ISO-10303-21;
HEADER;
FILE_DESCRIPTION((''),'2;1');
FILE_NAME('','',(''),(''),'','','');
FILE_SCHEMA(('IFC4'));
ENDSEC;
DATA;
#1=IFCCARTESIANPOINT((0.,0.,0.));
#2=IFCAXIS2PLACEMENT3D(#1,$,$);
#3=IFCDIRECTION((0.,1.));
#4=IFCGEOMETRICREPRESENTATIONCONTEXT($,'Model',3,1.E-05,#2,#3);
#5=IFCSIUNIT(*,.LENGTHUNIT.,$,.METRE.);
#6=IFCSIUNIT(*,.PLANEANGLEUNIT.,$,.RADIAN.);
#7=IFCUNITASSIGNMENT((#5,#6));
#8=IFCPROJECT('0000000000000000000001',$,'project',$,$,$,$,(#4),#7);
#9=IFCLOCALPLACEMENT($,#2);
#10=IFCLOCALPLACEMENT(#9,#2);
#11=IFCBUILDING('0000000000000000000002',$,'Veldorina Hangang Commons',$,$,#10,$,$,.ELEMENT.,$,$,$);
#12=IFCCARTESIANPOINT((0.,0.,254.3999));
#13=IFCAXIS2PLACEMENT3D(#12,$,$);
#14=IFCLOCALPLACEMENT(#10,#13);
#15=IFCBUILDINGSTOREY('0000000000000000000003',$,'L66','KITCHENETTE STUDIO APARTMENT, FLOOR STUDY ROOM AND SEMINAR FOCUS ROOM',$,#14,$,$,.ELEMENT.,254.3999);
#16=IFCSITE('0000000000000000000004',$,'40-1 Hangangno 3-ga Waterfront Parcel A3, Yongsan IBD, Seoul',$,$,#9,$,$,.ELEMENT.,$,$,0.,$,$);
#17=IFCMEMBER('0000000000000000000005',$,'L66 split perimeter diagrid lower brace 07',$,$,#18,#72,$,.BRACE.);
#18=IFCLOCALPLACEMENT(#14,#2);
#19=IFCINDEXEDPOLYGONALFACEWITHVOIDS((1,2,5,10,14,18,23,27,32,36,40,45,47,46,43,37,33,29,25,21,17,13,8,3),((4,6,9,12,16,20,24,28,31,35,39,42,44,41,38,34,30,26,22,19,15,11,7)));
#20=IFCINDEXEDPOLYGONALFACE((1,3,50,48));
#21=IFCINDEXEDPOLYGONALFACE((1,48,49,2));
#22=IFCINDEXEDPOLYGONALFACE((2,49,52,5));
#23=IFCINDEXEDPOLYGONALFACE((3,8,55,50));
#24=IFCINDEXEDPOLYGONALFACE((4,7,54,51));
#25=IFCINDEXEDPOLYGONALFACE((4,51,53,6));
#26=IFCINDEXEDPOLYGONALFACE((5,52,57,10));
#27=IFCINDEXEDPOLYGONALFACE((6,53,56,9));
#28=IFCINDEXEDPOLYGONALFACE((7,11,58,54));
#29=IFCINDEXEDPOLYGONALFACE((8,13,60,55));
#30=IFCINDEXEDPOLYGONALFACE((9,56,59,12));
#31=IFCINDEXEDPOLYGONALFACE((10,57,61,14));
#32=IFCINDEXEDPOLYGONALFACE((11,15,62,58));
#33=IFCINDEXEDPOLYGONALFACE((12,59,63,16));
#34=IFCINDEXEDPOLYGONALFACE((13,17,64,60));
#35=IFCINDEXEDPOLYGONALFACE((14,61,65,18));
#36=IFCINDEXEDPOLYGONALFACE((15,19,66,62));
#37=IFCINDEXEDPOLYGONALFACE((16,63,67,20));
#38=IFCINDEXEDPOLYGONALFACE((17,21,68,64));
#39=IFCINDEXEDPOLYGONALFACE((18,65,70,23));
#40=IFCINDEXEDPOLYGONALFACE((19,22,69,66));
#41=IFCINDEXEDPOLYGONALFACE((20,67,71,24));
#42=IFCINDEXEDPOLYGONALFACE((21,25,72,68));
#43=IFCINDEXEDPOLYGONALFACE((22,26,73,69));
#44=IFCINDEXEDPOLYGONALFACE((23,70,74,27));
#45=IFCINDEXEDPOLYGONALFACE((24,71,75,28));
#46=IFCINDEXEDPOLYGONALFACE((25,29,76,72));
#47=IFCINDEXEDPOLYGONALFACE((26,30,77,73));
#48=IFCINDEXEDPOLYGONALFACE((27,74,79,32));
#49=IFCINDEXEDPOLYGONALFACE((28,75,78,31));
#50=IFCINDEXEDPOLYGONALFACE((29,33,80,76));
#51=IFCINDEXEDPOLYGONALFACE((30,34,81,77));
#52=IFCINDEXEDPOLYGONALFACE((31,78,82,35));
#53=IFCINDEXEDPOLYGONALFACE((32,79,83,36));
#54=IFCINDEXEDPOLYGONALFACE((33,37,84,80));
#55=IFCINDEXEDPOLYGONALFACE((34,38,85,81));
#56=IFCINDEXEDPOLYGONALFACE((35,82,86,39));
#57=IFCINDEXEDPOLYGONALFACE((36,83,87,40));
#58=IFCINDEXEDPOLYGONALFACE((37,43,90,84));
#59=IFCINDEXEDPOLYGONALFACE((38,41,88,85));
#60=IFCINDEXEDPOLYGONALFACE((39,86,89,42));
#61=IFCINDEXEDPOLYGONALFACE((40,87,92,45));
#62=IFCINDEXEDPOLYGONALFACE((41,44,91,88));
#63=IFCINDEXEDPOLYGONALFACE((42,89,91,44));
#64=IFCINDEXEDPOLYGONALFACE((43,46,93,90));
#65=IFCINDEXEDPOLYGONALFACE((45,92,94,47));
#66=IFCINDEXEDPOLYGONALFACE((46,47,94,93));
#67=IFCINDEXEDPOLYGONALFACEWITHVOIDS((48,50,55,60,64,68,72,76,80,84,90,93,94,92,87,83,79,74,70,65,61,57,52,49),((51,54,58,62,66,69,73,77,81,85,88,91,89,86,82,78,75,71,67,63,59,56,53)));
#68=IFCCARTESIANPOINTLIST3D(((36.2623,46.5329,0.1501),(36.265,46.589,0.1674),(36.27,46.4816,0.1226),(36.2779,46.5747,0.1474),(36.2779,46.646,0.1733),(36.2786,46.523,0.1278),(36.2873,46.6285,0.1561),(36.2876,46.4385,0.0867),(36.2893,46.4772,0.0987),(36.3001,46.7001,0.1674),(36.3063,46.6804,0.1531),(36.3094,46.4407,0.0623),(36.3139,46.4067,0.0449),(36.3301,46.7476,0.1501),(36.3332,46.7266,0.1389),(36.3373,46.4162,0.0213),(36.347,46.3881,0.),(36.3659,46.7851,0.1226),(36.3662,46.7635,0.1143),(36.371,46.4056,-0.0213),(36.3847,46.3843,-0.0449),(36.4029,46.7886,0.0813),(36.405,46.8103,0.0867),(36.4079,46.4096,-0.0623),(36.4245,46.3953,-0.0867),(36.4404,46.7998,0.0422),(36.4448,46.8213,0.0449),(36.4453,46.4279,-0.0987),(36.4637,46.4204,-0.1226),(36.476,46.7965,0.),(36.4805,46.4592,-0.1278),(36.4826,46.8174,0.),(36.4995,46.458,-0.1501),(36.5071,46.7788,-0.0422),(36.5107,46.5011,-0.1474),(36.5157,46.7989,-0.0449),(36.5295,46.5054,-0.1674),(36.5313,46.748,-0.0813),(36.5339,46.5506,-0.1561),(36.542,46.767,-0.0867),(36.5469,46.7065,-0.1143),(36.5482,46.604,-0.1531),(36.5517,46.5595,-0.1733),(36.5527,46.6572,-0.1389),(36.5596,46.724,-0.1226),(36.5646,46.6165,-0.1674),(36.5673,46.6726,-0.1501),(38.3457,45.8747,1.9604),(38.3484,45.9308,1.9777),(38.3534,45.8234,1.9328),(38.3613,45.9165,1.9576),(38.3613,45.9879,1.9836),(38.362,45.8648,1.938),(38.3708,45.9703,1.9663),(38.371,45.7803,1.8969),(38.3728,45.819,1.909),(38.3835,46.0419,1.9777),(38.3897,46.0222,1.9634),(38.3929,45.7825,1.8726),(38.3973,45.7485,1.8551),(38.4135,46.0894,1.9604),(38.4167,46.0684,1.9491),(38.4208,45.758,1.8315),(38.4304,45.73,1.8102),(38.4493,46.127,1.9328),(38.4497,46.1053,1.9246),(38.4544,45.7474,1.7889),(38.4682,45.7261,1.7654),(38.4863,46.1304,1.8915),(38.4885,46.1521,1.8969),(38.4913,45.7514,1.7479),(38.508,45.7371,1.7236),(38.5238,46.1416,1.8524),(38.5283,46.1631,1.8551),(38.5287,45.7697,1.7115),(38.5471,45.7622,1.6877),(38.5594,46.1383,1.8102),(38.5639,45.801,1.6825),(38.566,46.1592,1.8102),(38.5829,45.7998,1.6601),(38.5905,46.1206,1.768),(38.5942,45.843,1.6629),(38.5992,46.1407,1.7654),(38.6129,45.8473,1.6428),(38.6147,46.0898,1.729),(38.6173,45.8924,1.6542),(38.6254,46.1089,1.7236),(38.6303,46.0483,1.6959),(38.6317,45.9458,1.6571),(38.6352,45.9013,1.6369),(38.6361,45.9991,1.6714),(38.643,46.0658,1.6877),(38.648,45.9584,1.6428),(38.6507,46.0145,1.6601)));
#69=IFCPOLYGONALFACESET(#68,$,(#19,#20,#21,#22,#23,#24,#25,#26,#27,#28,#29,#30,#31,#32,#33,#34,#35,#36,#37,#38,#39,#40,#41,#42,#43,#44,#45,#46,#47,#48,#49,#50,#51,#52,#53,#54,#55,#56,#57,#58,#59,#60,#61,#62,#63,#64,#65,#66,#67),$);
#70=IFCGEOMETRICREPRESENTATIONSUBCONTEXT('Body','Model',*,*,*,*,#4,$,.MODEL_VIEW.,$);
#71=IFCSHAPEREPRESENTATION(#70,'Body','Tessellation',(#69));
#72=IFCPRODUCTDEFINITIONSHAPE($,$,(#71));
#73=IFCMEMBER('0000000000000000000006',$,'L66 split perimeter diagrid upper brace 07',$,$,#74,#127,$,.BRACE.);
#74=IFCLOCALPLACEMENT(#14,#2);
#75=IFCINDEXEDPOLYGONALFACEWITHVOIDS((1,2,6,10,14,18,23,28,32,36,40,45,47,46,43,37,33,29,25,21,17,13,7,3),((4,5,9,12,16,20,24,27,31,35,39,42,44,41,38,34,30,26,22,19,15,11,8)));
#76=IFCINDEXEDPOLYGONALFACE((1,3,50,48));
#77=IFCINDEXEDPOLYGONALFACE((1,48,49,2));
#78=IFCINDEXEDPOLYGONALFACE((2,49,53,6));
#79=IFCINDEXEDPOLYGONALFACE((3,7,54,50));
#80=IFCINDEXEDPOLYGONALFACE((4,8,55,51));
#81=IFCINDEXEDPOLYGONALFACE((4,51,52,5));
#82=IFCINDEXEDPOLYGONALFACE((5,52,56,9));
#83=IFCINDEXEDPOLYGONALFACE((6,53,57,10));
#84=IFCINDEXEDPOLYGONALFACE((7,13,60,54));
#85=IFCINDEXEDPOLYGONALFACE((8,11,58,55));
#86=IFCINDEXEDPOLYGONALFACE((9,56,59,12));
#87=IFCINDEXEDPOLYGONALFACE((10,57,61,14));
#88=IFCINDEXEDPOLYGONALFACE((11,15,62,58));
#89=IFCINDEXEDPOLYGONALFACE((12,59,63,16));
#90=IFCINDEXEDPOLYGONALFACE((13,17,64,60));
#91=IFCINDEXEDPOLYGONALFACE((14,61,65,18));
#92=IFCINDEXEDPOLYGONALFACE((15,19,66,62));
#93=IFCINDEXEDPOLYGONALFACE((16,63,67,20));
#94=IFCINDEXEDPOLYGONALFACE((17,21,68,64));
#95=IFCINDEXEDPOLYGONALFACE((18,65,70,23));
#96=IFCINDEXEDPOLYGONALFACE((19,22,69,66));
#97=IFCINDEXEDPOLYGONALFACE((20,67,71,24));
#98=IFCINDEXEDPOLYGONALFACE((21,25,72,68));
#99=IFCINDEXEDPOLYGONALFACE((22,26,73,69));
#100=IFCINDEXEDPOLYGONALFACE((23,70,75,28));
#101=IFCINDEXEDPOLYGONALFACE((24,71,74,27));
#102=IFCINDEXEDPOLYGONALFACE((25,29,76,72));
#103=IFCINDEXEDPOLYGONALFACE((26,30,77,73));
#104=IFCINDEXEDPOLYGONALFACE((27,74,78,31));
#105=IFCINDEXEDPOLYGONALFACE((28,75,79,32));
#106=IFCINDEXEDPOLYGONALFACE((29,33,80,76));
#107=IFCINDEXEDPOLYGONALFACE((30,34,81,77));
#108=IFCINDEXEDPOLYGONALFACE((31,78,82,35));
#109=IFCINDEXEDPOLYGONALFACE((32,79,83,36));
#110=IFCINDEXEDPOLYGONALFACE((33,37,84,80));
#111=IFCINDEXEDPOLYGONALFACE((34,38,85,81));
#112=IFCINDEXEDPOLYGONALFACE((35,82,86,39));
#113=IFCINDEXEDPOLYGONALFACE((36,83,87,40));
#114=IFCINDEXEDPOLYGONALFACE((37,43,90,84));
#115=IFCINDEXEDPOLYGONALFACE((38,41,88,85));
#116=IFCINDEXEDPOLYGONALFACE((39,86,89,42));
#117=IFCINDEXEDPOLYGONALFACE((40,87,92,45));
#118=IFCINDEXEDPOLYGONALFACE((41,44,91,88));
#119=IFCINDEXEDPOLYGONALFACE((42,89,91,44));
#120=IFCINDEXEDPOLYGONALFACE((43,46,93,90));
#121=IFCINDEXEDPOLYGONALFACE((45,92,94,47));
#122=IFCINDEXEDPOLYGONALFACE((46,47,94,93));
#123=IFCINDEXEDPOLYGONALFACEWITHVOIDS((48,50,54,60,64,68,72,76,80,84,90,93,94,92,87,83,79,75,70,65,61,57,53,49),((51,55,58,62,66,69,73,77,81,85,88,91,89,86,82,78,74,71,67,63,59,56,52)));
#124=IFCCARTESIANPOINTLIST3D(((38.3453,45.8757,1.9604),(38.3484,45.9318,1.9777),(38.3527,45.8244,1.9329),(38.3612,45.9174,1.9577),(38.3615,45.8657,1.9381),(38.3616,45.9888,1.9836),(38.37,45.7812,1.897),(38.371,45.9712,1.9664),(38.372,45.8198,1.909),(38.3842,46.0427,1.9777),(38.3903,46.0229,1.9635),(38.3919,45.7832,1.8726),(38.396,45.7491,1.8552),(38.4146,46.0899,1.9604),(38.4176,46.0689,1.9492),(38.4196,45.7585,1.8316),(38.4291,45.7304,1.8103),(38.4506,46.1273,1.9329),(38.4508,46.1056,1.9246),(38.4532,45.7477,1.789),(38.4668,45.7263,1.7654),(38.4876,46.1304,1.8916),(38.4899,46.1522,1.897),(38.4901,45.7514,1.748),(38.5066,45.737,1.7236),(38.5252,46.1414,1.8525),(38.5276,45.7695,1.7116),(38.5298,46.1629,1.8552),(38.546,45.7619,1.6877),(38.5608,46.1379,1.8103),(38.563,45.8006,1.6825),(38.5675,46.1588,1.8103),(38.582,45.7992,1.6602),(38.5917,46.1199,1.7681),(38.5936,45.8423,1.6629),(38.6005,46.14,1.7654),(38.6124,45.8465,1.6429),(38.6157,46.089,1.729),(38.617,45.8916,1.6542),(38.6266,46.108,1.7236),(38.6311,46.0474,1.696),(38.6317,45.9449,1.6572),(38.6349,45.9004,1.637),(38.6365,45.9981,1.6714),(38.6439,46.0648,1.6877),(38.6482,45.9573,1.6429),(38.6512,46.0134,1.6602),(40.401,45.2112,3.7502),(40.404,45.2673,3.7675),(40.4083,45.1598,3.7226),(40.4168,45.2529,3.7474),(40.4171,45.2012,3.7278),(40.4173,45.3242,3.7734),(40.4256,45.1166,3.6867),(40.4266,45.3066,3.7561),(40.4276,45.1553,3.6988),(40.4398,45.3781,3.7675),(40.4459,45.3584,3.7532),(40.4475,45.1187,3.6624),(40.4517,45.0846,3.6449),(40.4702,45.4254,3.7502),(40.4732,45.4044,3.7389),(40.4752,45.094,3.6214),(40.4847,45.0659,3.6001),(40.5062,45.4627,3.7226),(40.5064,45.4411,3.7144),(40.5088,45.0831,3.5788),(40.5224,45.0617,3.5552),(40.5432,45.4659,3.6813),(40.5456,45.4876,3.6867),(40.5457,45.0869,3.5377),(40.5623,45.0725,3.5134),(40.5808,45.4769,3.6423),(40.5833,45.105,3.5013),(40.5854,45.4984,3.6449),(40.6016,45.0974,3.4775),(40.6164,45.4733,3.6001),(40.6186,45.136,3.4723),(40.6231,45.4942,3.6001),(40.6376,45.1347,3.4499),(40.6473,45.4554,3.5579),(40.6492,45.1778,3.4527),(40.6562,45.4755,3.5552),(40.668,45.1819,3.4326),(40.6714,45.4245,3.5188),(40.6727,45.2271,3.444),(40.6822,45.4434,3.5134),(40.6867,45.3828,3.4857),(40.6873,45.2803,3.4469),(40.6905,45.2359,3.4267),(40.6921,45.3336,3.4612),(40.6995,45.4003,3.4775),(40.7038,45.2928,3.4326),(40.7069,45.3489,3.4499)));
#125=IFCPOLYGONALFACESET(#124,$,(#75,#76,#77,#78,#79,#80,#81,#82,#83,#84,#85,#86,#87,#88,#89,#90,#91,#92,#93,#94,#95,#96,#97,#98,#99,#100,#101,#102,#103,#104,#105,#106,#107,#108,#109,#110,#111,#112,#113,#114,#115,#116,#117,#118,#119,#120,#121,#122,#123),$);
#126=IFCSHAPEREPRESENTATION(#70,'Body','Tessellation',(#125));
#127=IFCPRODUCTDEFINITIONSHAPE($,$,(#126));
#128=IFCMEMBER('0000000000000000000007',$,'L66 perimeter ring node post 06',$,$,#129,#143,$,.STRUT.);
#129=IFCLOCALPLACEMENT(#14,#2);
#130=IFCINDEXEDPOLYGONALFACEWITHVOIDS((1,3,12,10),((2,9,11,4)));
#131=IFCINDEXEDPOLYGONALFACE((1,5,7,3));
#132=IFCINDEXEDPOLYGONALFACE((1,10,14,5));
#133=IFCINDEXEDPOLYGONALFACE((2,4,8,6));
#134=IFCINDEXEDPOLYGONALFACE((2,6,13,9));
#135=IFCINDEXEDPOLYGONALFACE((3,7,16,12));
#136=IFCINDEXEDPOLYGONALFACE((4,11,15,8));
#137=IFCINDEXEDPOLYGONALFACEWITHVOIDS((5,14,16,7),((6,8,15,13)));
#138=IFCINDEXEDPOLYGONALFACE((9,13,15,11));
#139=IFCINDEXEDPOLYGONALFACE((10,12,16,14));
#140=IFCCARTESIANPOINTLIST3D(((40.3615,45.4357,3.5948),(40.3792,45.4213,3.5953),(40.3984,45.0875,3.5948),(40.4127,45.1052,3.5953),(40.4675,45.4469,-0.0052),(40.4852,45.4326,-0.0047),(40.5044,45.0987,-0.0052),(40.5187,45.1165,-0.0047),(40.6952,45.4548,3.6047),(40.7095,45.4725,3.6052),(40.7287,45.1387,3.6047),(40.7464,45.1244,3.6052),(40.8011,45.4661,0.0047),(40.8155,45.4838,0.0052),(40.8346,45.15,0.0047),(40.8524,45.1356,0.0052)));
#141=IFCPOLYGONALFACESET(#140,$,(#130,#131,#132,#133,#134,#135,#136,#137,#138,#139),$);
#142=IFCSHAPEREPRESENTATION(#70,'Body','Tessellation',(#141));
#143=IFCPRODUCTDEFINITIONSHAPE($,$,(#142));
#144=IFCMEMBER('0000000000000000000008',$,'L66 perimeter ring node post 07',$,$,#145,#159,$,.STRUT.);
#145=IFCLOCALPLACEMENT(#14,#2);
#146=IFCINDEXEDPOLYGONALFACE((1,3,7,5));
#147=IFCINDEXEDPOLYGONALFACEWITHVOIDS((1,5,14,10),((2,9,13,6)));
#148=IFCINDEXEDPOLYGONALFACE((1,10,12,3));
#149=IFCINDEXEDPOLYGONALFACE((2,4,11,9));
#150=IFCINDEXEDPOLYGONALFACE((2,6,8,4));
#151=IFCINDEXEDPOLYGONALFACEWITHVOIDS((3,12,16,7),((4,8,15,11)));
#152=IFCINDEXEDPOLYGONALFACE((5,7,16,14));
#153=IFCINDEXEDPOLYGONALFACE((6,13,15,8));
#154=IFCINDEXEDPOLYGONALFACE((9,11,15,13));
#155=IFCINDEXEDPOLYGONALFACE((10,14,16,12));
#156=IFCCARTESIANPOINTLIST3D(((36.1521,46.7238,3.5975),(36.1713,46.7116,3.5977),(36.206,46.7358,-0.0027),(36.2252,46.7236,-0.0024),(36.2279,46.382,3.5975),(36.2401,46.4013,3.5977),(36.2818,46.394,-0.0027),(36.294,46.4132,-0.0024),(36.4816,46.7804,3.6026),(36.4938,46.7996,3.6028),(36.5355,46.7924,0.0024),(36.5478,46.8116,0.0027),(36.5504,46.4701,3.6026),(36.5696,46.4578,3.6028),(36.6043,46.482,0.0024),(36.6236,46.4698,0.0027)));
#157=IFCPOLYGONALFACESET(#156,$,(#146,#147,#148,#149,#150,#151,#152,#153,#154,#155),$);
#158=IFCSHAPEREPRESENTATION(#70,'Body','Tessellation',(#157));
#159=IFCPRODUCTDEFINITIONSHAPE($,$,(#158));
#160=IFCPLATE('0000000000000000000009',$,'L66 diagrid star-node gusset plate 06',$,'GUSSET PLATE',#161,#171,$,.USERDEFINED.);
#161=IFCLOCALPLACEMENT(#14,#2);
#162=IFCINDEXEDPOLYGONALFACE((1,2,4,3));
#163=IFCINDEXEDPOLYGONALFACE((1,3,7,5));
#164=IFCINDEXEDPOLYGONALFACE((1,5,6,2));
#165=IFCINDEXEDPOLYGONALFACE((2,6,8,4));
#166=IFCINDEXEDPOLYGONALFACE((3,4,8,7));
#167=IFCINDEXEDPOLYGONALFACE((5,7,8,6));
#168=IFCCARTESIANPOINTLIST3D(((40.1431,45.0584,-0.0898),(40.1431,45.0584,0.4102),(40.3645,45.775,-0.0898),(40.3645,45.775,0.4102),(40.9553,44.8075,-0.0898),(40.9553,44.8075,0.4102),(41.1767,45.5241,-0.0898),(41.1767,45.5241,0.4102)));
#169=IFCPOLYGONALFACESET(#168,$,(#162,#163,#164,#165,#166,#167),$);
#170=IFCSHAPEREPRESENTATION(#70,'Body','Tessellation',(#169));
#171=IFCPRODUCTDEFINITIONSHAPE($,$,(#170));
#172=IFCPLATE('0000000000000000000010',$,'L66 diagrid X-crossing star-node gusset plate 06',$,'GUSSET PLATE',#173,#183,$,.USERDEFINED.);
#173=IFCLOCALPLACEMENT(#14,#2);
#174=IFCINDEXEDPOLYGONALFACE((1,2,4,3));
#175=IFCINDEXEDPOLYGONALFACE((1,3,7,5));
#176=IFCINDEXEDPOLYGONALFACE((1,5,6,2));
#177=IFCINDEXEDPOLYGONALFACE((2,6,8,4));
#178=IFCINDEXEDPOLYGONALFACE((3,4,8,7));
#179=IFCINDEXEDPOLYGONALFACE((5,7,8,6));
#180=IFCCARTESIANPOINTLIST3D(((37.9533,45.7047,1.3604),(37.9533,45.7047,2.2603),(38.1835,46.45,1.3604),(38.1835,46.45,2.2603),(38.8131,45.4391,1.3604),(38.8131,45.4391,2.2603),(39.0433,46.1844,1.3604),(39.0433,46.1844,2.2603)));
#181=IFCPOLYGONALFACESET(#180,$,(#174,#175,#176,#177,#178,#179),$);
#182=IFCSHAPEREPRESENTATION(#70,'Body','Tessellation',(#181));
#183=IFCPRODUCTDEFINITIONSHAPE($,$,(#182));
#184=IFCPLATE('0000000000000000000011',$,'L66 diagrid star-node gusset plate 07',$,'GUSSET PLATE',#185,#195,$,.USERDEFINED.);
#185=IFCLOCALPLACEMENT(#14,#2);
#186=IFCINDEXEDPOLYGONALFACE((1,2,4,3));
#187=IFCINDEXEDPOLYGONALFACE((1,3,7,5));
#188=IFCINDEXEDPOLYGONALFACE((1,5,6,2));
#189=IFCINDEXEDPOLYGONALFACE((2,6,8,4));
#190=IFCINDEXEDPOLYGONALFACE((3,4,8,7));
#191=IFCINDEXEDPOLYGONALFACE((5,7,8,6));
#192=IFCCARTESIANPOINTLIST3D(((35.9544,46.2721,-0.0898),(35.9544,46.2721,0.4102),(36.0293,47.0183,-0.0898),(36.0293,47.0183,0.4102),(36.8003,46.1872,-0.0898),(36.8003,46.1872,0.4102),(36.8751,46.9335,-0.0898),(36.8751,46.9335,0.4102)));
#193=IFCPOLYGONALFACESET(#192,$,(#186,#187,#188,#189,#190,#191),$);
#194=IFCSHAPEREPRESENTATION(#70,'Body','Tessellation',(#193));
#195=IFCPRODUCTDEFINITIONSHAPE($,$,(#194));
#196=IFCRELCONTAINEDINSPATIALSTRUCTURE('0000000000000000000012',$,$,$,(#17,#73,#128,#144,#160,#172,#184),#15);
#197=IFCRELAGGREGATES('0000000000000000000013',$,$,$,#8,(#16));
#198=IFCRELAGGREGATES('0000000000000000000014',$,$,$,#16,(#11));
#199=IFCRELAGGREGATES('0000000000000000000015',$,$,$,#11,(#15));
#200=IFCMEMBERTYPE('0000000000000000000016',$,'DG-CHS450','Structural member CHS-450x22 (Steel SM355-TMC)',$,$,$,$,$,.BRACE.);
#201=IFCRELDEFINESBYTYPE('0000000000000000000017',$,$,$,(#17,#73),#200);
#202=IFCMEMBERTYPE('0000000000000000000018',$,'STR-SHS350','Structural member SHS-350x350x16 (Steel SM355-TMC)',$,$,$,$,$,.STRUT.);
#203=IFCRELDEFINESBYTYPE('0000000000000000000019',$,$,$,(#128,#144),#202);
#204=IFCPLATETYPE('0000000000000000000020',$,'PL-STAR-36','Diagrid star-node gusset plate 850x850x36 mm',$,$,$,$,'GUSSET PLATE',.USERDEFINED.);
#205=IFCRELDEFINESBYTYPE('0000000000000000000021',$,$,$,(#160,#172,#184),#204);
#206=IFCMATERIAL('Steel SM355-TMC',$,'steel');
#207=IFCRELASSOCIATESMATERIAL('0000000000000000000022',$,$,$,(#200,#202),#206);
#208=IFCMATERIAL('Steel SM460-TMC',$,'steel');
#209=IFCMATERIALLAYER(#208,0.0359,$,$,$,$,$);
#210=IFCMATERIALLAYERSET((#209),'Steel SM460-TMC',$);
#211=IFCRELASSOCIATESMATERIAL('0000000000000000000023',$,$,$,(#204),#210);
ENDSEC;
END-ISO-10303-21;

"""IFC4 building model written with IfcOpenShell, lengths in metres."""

from ifc_helpers import new_model, si_unit, direction, frame, origin, origin_2d, place, context, subcontext, project, spatial, rectangle, hollow_rectangle, hollow_circle, extrude, material, layer, layer_set, material_profile, profile_set, type_object, element, save


model = new_model("IFC4")

# Units and contexts
model_context = context("Model", 3, precision=1e-05, world=origin(), true_north=direction((0.0, 1.0)))
body_context = subcontext(model_context, "Body", "Model", "MODEL_VIEW")
ifc_project = project(units=[si_unit("LENGTHUNIT", "METRE"), si_unit("PLANEANGLEUNIT", "RADIAN")], contexts=[model_context])

# Site, building, storey
site_placement = place(None, origin())
site = spatial("IfcSite", under=ifc_project, at=site_placement, Name="40-1 Hangangno 3-ga Waterfront Parcel A3, Yongsan IBD, Seoul", CompositionType="ELEMENT", RefElevation=0.0)
building_placement = place(site_placement, origin())
building = spatial("IfcBuilding", under=site, at=building_placement, Name="Veldorina Hangang Commons", CompositionType="ELEMENT")
storey_placement = place(building_placement, frame((0.0, 0.0, 254.3999)))
storey = spatial("IfcBuildingStorey", under=building, at=storey_placement, Name="L66", Description="KITCHENETTE STUDIO APARTMENT, FLOOR STUDY ROOM AND SEMINAR FOCUS ROOM", CompositionType="ELEMENT", Elevation=254.3999)

# Shared definitions
ifc_material_1 = material(Name="Steel SM355-TMC", Category="steel")

# Members
ifc_material_profile_1 = material_profile(ifc_material_1, hollow_circle(Radius=0.2251, WallThickness=0.022, at=origin_2d()), Name="CHS-450x22")
ifc_profile_set_1 = profile_set([ifc_material_profile_1], Name="Steel SM355-TMC")
member_type_1 = type_object("IfcMemberType", Name="DG-CHS450", Description="Structural member CHS-450x22 (Steel SM355-TMC)", PredefinedType="BRACE", material=ifc_profile_set_1)
member_1_placement = place(storey_placement, frame((36.4148, 46.6028, 0.0), z_axis=(0.734273, -0.231966, 0.637993), x_axis=(0.301238, 0.953549, 0.0)))
element("IfcMember", 1, at=member_1_placement, inside=storey, type_object=member_type_1, Name="L66 split perimeter diagrid lower brace 07", PredefinedType="BRACE", context=body_context, shape_type="SweptSolid", body=[
    extrude(hollow_circle(Radius=0.2251, WallThickness=0.022, at=origin_2d()), origin(), (0.0, 0.0, 1.0), 2.8374),
])
member_2_placement = place(storey_placement, frame((38.4983, 45.9446, 1.8103), z_axis=(0.73273, -0.236876, 0.637963), x_axis=(0.307604, 0.951515, 0.0)))
element("IfcMember", 2, at=member_2_placement, inside=storey, type_object=member_type_1, Name="L66 split perimeter diagrid upper brace 07", PredefinedType="BRACE", context=body_context, shape_type="SweptSolid", body=[
    extrude(hollow_circle(Radius=0.2251, WallThickness=0.022, at=origin_2d()), origin(), (0.0, 0.0, 1.0), 2.8054),
])
ifc_material_profile_2 = material_profile(ifc_material_1, hollow_rectangle(XDim=0.3501, YDim=0.3501, WallThickness=0.0161, at=origin_2d()), Name="SHS-350x350x16")
ifc_profile_set_2 = profile_set([ifc_material_profile_2], Name="Steel SM355-TMC")
member_type_2 = type_object("IfcMemberType", Name="STR-SHS350", Description="Structural member SHS-350x350x16 (Steel SM355-TMC)", PredefinedType="STRUT", material=ifc_profile_set_2)
member_3_placement = place(storey_placement, frame((40.6599, 45.2913, 0.0), z_axis=(-0.029419, -0.003118, 0.999562), x_axis=(0.1054, -0.99443, 0.0)))
element("IfcMember", 3, at=member_3_placement, inside=storey, type_object=member_type_2, Name="L66 perimeter ring node post 06", PredefinedType="STRUT", context=body_context, shape_type="SweptSolid", body=[
    extrude(hollow_rectangle(XDim=0.3501, YDim=0.3501, WallThickness=0.0161, at=origin_2d()), origin(), (0.0, 0.0, 1.0), 3.6016),
])
member_4_placement = place(storey_placement, frame((36.4148, 46.6028, 0.0), z_axis=(-0.014985, -0.003323, 0.999882), x_axis=(0.216463, -0.976291, 0.0)))
element("IfcMember", 4, at=member_4_placement, inside=storey, type_object=member_type_2, Name="L66 perimeter ring node post 07", PredefinedType="STRUT", context=body_context, shape_type="SweptSolid", body=[
    extrude(hollow_rectangle(XDim=0.3501, YDim=0.3501, WallThickness=0.0161, at=origin_2d()), origin(), (0.0, 0.0, 1.0), 3.6006),
])

# Plates
ifc_material_2 = material(Name="Steel SM460-TMC", Category="steel")
ifc_layer_1 = layer(ifc_material_2, 0.0359)
ifc_layer_set_1 = layer_set([ifc_layer_1], Name="Steel SM460-TMC")
plate_type = type_object("IfcPlateType", Name="PL-STAR-36", Description="Diagrid star-node gusset plate 850x850x36 mm", ElementType="GUSSET PLATE", PredefinedType="USERDEFINED", material=ifc_layer_set_1)
plate_1_placement = place(storey_placement, frame((40.6599, 45.2913, -0.0898), z_axis=(0.0, 0.0, 1.0), x_axis=(-0.955449, 0.295158, 0.0)))
element("IfcPlate", 5, at=plate_1_placement, inside=storey, type_object=plate_type, Name="L66 diagrid star-node gusset plate 06", ObjectType="GUSSET PLATE", PredefinedType="USERDEFINED", context=body_context, shape_type="SweptSolid", body=[
    extrude(rectangle(XDim=0.8501, YDim=0.75, at=origin_2d()), origin(), (0.0, 0.0, 1.0), 0.5),
])
plate_2_placement = place(storey_placement, frame((38.4983, 45.9446, 1.3604), z_axis=(0.0, 0.0, 1.0), x_axis=(-0.955449, 0.295158, 0.0)))
element("IfcPlate", 6, at=plate_2_placement, inside=storey, type_object=plate_type, Name="L66 diagrid X-crossing star-node gusset plate 06", ObjectType="GUSSET PLATE", PredefinedType="USERDEFINED", context=body_context, shape_type="SweptSolid", body=[
    extrude(rectangle(XDim=0.8999, YDim=0.78, at=origin_2d()), origin(), (0.0, 0.0, 1.0), 0.8999),
])
plate_3_placement = place(storey_placement, frame((36.4148, 46.6028, -0.0898), z_axis=(0.0, 0.0, 1.0), x_axis=(-0.995007, 0.099806, 0.0)))
element("IfcPlate", 7, at=plate_3_placement, inside=storey, type_object=plate_type, Name="L66 diagrid star-node gusset plate 07", ObjectType="GUSSET PLATE", PredefinedType="USERDEFINED", context=body_context, shape_type="SweptSolid", body=[
    extrude(rectangle(XDim=0.8501, YDim=0.75, at=origin_2d()), origin(), (0.0, 0.0, 1.0), 0.5),
])

save(model, "model.ifc")
